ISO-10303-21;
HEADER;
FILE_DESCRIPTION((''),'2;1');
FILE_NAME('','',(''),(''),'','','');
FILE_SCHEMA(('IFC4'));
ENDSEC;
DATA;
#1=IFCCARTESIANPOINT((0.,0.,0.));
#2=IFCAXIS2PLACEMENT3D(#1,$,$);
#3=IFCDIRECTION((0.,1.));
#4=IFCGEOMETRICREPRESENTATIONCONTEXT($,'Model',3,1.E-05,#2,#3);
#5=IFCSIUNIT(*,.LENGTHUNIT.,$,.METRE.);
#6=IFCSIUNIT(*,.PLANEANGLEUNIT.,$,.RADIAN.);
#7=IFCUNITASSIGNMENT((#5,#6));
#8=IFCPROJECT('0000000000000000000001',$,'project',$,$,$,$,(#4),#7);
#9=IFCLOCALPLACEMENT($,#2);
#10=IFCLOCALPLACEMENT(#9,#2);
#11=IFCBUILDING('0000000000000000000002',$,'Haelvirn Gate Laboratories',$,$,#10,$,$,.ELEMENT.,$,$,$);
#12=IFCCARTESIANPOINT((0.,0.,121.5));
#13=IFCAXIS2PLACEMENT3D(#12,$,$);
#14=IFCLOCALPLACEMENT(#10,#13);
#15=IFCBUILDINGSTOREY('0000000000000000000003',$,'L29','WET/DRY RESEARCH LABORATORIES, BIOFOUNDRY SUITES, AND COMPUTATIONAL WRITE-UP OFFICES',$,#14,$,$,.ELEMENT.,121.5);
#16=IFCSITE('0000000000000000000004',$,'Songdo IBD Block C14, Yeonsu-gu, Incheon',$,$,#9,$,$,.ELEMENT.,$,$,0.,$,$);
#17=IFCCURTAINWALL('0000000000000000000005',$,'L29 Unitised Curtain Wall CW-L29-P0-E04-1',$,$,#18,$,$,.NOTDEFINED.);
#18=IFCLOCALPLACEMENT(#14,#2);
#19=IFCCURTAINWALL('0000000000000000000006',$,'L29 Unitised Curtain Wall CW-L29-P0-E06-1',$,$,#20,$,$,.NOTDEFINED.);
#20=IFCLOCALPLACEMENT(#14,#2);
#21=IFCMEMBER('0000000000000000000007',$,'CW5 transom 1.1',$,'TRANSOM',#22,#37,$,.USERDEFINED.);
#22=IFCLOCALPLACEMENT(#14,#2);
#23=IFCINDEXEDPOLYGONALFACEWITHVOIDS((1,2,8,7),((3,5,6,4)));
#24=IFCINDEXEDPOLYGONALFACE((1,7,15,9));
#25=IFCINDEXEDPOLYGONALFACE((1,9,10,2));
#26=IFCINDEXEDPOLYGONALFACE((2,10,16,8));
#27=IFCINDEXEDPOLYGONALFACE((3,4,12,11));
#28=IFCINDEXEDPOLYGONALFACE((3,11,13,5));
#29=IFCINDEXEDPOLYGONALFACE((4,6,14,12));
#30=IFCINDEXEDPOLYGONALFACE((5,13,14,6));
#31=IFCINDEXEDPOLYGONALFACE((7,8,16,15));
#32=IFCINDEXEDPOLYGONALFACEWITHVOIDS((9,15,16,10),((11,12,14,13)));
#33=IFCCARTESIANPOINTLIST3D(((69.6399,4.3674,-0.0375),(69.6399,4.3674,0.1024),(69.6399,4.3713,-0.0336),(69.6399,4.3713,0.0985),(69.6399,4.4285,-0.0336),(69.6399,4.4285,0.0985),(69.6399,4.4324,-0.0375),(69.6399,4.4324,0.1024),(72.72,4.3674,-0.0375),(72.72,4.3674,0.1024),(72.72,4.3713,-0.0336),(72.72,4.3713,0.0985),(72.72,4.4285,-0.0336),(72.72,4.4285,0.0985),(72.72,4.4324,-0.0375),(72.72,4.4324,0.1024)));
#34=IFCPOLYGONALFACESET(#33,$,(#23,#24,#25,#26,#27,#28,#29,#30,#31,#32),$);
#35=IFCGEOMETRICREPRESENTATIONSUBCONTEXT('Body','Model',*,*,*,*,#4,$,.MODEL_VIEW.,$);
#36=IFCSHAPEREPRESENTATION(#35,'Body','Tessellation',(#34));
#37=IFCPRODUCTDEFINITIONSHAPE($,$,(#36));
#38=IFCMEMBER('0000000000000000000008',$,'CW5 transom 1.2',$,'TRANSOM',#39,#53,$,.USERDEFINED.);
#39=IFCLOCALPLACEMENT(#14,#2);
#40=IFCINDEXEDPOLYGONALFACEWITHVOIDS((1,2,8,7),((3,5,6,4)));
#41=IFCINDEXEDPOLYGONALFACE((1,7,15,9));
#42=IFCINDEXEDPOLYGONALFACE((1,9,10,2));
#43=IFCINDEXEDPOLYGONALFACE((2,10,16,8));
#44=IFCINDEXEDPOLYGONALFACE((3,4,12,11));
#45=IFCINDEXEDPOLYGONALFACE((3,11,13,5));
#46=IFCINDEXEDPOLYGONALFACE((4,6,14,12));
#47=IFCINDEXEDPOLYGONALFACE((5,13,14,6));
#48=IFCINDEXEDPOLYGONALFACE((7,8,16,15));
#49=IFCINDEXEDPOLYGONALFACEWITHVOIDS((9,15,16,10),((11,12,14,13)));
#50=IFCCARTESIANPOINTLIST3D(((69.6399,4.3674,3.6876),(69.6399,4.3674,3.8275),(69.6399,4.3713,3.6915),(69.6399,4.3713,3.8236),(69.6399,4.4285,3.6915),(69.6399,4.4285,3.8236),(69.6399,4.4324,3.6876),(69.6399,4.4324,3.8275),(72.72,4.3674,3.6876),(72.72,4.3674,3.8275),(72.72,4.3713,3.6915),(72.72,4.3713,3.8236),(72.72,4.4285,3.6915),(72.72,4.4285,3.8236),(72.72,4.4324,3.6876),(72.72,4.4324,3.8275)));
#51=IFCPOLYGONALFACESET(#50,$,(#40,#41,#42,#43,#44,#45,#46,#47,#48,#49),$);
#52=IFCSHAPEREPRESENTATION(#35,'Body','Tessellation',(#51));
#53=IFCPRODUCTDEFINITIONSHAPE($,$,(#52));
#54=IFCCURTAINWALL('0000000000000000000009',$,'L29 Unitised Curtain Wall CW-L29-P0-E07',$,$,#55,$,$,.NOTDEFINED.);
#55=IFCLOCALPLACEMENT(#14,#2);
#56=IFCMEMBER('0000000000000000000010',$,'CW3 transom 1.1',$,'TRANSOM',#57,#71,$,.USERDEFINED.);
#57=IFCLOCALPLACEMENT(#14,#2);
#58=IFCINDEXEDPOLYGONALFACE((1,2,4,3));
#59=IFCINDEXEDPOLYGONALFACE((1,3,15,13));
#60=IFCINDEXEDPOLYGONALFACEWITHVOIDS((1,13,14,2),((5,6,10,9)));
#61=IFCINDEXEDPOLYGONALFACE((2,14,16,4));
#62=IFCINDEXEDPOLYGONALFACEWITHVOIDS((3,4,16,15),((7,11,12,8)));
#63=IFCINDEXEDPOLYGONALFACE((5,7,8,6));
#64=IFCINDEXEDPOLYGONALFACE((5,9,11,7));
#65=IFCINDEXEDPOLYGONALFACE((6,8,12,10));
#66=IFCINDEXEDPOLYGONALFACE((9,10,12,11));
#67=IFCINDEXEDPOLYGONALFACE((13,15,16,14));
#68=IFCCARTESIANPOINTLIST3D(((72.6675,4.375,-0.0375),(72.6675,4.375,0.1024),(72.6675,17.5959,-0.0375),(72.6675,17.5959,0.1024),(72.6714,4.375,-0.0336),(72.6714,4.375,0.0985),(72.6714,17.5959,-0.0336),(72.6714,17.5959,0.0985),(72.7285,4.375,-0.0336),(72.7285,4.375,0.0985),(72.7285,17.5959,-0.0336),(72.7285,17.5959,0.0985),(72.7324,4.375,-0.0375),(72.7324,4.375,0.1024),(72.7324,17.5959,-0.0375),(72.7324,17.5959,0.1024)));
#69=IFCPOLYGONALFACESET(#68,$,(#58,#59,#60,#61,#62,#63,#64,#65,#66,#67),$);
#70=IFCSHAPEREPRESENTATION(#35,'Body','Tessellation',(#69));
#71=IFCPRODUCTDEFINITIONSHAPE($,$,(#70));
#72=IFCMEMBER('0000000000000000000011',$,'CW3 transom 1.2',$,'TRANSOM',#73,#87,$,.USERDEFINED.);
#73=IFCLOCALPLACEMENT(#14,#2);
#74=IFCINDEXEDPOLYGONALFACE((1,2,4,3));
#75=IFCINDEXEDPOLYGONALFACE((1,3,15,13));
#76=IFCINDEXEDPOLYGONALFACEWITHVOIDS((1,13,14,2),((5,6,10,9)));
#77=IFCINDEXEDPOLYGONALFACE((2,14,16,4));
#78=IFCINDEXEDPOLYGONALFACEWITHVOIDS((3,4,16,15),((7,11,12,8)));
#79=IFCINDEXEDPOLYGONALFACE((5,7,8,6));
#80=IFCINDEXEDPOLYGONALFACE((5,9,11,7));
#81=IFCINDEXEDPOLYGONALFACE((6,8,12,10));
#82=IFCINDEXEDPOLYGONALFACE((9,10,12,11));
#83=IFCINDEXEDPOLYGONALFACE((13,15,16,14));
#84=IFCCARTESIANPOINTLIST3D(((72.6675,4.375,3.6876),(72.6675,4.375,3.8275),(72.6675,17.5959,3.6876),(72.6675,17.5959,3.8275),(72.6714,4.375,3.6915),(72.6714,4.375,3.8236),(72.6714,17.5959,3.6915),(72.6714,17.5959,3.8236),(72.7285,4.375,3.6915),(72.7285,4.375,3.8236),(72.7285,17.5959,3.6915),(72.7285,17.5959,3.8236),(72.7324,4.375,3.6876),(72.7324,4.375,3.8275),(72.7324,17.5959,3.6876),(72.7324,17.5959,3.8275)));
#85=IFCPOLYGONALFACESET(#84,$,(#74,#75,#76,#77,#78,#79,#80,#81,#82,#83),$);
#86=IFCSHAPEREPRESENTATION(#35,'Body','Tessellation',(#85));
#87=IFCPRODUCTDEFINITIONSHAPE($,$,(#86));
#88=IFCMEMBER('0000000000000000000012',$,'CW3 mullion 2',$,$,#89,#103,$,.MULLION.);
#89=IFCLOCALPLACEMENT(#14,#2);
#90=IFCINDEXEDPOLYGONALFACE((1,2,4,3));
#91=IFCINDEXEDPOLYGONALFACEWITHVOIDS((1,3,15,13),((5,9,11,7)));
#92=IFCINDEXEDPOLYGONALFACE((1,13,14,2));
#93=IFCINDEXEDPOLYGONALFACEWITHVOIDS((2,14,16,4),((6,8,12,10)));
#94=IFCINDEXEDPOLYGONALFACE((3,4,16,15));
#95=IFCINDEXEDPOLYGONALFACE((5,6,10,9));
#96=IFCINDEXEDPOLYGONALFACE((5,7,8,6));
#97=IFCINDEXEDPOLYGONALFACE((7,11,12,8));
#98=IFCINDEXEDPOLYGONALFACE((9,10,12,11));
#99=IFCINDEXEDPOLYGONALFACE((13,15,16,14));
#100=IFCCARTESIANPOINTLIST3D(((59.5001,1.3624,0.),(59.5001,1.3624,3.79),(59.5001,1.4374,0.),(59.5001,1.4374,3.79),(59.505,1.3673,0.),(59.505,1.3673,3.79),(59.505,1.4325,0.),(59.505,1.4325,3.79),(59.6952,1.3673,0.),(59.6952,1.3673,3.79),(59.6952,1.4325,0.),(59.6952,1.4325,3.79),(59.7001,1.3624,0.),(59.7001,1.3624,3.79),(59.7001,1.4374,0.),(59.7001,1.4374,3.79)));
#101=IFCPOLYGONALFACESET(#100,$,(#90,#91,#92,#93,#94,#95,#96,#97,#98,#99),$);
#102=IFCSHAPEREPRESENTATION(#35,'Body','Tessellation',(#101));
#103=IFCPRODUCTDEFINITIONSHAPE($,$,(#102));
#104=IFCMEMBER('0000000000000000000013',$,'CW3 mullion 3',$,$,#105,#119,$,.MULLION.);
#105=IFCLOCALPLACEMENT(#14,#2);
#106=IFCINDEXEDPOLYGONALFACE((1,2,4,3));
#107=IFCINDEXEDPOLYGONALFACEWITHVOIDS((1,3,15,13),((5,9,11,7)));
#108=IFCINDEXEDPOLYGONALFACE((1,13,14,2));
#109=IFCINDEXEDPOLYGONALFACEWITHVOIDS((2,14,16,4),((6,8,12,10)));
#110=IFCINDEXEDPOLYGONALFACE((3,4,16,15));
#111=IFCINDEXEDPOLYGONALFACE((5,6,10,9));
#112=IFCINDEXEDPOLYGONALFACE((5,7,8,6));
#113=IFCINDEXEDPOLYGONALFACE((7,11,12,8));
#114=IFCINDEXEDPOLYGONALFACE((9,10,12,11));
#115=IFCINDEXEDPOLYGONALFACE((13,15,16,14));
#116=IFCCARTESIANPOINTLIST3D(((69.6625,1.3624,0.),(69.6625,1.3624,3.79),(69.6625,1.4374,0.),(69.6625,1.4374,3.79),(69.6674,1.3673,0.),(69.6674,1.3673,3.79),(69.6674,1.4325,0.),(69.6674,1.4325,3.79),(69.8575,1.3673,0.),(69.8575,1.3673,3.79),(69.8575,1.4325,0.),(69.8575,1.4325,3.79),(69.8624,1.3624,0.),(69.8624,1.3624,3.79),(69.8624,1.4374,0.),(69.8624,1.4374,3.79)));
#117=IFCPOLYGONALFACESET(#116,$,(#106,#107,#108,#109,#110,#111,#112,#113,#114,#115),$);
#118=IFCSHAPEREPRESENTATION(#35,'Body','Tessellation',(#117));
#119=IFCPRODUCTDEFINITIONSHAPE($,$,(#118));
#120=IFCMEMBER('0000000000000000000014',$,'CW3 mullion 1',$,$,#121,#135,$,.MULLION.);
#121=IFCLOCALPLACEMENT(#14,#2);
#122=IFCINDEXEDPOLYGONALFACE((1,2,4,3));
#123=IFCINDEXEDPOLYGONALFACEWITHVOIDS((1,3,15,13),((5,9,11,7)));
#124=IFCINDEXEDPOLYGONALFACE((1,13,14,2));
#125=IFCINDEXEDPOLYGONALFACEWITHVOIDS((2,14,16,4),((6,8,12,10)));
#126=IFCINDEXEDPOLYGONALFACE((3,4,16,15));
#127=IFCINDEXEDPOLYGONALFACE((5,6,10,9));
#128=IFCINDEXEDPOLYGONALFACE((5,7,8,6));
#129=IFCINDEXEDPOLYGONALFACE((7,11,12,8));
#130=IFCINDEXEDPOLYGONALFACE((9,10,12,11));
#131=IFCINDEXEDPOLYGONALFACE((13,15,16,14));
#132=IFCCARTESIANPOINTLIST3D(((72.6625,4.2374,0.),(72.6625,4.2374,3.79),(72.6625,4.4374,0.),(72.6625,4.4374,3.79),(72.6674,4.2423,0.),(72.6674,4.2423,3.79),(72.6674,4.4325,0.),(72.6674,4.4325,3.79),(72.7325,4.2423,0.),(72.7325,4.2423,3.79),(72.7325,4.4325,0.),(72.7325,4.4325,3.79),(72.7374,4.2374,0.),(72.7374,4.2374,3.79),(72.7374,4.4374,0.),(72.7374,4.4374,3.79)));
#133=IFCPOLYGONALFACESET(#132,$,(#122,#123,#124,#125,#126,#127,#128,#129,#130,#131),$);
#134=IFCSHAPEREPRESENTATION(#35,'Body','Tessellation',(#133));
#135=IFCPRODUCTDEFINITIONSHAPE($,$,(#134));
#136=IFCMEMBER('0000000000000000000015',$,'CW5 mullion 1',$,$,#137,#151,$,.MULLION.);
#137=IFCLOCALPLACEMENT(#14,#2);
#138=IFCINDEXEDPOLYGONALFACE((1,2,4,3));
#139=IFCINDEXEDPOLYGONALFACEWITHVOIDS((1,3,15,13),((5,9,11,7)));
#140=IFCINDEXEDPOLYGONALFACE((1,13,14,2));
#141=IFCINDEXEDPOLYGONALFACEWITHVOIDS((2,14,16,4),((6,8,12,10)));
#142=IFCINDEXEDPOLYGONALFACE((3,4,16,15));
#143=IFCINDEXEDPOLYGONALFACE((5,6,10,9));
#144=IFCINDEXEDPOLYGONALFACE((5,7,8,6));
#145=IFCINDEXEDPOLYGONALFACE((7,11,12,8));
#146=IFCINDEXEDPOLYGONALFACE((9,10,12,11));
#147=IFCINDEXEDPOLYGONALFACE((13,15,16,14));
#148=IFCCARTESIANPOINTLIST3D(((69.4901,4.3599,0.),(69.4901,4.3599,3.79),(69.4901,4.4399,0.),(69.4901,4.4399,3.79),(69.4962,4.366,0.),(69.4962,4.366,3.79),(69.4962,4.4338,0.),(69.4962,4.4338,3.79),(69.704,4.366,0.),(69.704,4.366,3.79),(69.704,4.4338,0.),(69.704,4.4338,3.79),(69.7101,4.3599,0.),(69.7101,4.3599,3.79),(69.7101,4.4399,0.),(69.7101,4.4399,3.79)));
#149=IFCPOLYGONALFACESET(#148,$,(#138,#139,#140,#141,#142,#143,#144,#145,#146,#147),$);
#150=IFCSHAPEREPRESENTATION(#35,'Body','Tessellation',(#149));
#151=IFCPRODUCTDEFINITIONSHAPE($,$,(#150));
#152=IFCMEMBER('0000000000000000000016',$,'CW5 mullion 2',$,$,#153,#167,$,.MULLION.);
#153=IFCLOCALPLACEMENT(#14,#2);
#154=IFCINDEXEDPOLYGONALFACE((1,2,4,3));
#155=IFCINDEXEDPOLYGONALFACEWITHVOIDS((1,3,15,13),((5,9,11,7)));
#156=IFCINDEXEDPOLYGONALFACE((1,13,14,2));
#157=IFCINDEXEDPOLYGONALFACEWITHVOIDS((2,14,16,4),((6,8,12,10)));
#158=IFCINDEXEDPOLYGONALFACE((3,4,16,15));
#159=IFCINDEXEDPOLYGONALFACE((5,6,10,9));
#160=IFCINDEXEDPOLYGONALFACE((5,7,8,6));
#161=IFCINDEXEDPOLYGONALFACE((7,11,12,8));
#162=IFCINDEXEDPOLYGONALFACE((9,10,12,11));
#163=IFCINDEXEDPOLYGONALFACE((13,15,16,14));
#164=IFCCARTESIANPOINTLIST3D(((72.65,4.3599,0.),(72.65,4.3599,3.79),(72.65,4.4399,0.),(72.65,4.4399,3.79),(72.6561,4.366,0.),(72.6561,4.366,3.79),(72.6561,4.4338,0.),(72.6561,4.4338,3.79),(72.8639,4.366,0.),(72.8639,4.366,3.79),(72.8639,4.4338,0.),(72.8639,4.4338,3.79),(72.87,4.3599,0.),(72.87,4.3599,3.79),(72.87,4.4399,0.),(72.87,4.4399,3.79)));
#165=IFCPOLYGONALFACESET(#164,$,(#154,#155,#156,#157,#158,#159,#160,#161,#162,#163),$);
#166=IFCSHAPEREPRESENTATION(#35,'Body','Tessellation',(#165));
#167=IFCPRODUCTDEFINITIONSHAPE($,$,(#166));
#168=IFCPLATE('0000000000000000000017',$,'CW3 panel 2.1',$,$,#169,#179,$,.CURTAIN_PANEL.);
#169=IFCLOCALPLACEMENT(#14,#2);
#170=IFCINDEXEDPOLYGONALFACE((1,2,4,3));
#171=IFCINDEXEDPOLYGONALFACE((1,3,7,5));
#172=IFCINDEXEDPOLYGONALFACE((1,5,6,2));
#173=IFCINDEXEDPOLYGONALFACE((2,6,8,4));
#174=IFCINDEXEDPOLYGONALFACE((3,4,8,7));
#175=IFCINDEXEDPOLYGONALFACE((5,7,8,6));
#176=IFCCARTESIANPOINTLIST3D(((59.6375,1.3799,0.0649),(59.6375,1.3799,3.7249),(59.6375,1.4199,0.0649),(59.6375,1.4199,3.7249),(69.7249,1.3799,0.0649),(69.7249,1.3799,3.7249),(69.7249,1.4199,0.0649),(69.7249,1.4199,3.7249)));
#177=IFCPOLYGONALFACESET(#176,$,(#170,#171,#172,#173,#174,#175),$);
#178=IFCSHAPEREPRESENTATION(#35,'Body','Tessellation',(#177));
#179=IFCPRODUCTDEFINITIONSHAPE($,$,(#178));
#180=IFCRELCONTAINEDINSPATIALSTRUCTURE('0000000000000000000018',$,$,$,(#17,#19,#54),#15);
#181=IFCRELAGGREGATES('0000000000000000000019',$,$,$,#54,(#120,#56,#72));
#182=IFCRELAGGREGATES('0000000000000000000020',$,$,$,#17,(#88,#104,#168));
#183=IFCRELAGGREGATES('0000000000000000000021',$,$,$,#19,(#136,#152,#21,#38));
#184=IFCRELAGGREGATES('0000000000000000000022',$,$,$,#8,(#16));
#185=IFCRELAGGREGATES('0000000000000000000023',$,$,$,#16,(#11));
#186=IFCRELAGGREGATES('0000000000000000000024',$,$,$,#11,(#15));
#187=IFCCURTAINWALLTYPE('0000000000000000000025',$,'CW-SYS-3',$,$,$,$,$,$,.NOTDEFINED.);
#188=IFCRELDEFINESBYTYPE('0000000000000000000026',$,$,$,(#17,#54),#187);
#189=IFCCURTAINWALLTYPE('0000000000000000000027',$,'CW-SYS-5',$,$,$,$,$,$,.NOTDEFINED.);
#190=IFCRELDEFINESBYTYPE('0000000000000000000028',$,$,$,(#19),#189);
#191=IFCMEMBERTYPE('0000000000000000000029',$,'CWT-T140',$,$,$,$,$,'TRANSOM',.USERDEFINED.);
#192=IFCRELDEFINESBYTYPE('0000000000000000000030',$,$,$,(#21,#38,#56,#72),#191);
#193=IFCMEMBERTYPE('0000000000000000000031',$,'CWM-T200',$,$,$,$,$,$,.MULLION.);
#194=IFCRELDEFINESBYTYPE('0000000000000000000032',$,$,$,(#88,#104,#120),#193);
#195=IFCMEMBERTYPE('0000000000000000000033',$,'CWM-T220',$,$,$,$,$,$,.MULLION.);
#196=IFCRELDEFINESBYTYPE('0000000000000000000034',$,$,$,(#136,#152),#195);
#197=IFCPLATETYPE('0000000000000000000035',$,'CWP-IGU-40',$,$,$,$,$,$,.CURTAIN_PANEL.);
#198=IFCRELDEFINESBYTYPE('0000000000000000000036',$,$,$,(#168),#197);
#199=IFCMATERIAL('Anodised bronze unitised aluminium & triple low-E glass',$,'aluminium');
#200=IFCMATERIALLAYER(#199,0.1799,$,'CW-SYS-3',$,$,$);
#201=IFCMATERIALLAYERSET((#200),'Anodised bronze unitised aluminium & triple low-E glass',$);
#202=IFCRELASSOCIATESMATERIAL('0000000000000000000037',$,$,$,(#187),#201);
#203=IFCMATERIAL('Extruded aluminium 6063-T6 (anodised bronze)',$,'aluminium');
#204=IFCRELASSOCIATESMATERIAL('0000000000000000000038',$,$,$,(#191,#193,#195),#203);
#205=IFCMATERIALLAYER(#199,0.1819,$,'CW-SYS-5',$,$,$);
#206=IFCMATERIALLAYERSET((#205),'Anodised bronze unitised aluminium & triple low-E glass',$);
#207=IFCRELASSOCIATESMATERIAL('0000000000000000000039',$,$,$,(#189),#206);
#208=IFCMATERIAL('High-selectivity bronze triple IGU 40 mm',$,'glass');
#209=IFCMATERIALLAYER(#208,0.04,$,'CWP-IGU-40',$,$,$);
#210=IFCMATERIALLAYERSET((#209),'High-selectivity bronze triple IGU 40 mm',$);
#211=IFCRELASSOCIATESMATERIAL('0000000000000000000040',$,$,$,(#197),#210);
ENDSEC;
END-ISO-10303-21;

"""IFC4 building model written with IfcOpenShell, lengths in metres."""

from ifc_helpers import new_model, si_unit, direction, frame, origin, origin_2d, place, context, subcontext, project, spatial, rectangle, hollow_rectangle, extrude, source, transform, mapped, material, layer, layer_set, material_profile, profile_set, type_object, type_shapes, element, aggregate, save


model = new_model("IFC4")

# Units and contexts
model_context = context("Model", 3, precision=1e-05, world=origin(), true_north=direction((0.0, 1.0)))
body_context = subcontext(model_context, "Body", "Model", "MODEL_VIEW")
ifc_project = project(units=[si_unit("LENGTHUNIT", "METRE"), si_unit("PLANEANGLEUNIT", "RADIAN")], contexts=[model_context])

# Site, building, storey
site_placement = place(None, origin())
site = spatial("IfcSite", under=ifc_project, at=site_placement, Name="Songdo IBD Block C14, Yeonsu-gu, Incheon", CompositionType="ELEMENT", RefElevation=0.0)
building_placement = place(site_placement, origin())
building = spatial("IfcBuilding", under=site, at=building_placement, Name="Haelvirn Gate Laboratories", CompositionType="ELEMENT")
storey_placement = place(building_placement, frame((0.0, 0.0, 121.5)))
storey = spatial("IfcBuildingStorey", under=building, at=storey_placement, Name="L29", Description="WET/DRY RESEARCH LABORATORIES, BIOFOUNDRY SUITES, AND COMPUTATIONAL WRITE-UP OFFICES", CompositionType="ELEMENT", Elevation=121.5)

# Curtain walls, members
ifc_material_1 = material(Name="Anodised bronze unitised aluminium & triple low-E glass", Category="aluminium")
ifc_layer_1 = layer(ifc_material_1, 0.1799, Name="CW-SYS-3")
ifc_layer_set_1 = layer_set([ifc_layer_1], Name="Anodised bronze unitised aluminium & triple low-E glass")
curtain_wall_type_1 = type_object("IfcCurtainWallType", Name="CW-SYS-3", PredefinedType="NOTDEFINED", material=ifc_layer_set_1)
curtain_wall_1_placement = place(storey_placement, origin())
curtain_wall_1 = element("IfcCurtainWall", 1, at=curtain_wall_1_placement, inside=storey, type_object=curtain_wall_type_1, Name="L29 Unitised Curtain Wall CW-L29-P0-E04-1", PredefinedType="NOTDEFINED")
ifc_material_2 = material(Name="Extruded aluminium 6063-T6 (anodised bronze)", Category="aluminium")
ifc_material_profile_1 = material_profile(ifc_material_2, hollow_rectangle(XDim=0.0649, YDim=0.1399, WallThickness=0.0039, at=origin_2d()), Name="CWT-140x65x4")
ifc_profile_set_1 = profile_set([ifc_material_profile_1], Name="Extruded aluminium 6063-T6 (anodised bronze)")
member_type_1 = type_object("IfcMemberType", Name="CWT-T140", ElementType="TRANSOM", PredefinedType="USERDEFINED", material=ifc_profile_set_1)
ifc_layer_2 = layer(ifc_material_1, 0.1819, Name="CW-SYS-5")
ifc_layer_set_2 = layer_set([ifc_layer_2], Name="Anodised bronze unitised aluminium & triple low-E glass")
curtain_wall_type_2 = type_object("IfcCurtainWallType", Name="CW-SYS-5", PredefinedType="NOTDEFINED", material=ifc_layer_set_2)
curtain_wall_2_placement = place(storey_placement, origin())
curtain_wall_2 = element("IfcCurtainWall", 2, at=curtain_wall_2_placement, inside=storey, type_object=curtain_wall_type_2, Name="L29 Unitised Curtain Wall CW-L29-P0-E06-1", PredefinedType="NOTDEFINED")
shared_shape_1 = source(origin(), body_context, "Body", "SweptSolid", [
    extrude(hollow_rectangle(XDim=0.0649, YDim=0.1399, WallThickness=0.0039, at=origin_2d()), origin(), (0.0, 0.0, 1.0), 3.0801),
])
member_1_placement = place(storey_placement, frame((69.6399, 4.3999, 0.0325), z_axis=(1.0, 0.0, 0.0), x_axis=(0.0, 1.0, 0.0)))
member_1 = element("IfcMember", 3, at=member_1_placement, type_object=member_type_1, Name="CW5 transom 1.1", ObjectType="TRANSOM", PredefinedType="USERDEFINED", context=body_context, shape_type="MappedRepresentation", body=[
    mapped(shared_shape_1, transform((0.0, 0.0, 0.0), scale=1.0)),
])
member_2_placement = place(storey_placement, frame((69.6399, 4.3999, 3.7576), z_axis=(1.0, 0.0, 0.0), x_axis=(0.0, 1.0, 0.0)))
member_2 = element("IfcMember", 4, at=member_2_placement, type_object=member_type_1, Name="CW5 transom 1.2", ObjectType="TRANSOM", PredefinedType="USERDEFINED", context=body_context, shape_type="MappedRepresentation", body=[
    mapped(shared_shape_1, transform((0.0, 0.0, 0.0), scale=1.0)),
])
curtain_wall_3_placement = place(storey_placement, origin())
curtain_wall_3 = element("IfcCurtainWall", 5, at=curtain_wall_3_placement, inside=storey, type_object=curtain_wall_type_1, Name="L29 Unitised Curtain Wall CW-L29-P0-E07", PredefinedType="NOTDEFINED")
shared_shape_2 = source(origin(), body_context, "Body", "SweptSolid", [
    extrude(hollow_rectangle(XDim=0.0649, YDim=0.1399, WallThickness=0.0039, at=origin_2d()), origin(), (0.0, 0.0, 1.0), 13.2209),
])
member_3_placement = place(storey_placement, frame((72.7, 4.375, 0.0325), z_axis=(0.0, 1.0, 0.0), x_axis=(-1.0, 0.0, 0.0)))
member_3 = element("IfcMember", 6, at=member_3_placement, type_object=member_type_1, Name="CW3 transom 1.1", ObjectType="TRANSOM", PredefinedType="USERDEFINED", context=body_context, shape_type="MappedRepresentation", body=[
    mapped(shared_shape_2, transform((0.0, 0.0, 0.0), scale=1.0)),
])
member_4_placement = place(storey_placement, frame((72.7, 4.375, 3.7576), z_axis=(0.0, 1.0, 0.0), x_axis=(-1.0, 0.0, 0.0)))
member_4 = element("IfcMember", 7, at=member_4_placement, type_object=member_type_1, Name="CW3 transom 1.2", ObjectType="TRANSOM", PredefinedType="USERDEFINED", context=body_context, shape_type="MappedRepresentation", body=[
    mapped(shared_shape_2, transform((0.0, 0.0, 0.0), scale=1.0)),
])

# Members
ifc_material_profile_2 = material_profile(ifc_material_2, hollow_rectangle(XDim=0.075, YDim=0.2, WallThickness=0.0049, at=origin_2d()), Name="CWM-200x75x5")
ifc_profile_set_2 = profile_set([ifc_material_profile_2], Name="Extruded aluminium 6063-T6 (anodised bronze)")
member_type_2 = type_object("IfcMemberType", Name="CWM-T200", PredefinedType="MULLION", material=ifc_profile_set_2)
shared_shape_3 = source(origin(), body_context, "Body", "SweptSolid", [
    extrude(hollow_rectangle(XDim=0.075, YDim=0.2, WallThickness=0.0049, at=origin_2d()), origin(), (0.0, 0.0, 1.0), 3.79),
])
type_shapes(member_type_2, [shared_shape_3])
member_5_placement = place(storey_placement, frame((59.6001, 1.3999, 0.0), z_axis=(0.0, 0.0, 1.0), x_axis=(0.0, 1.0, 0.0)))
member_5 = element("IfcMember", 8, at=member_5_placement, type_object=member_type_2, Name="CW3 mullion 2", PredefinedType="MULLION", context=body_context, shape_type="MappedRepresentation", body=[
    mapped(shared_shape_3, transform((0.0, 0.0, 0.0), scale=1.0)),
])
member_6_placement = place(storey_placement, frame((69.7625, 1.3999, 0.0), z_axis=(0.0, 0.0, 1.0), x_axis=(0.0, 1.0, 0.0)))
member_6 = element("IfcMember", 9, at=member_6_placement, type_object=member_type_2, Name="CW3 mullion 3", PredefinedType="MULLION", context=body_context, shape_type="MappedRepresentation", body=[
    mapped(shared_shape_3, transform((0.0, 0.0, 0.0), scale=1.0)),
])
member_7_placement = place(storey_placement, frame((72.7, 4.3374, 0.0), z_axis=(0.0, 0.0, 1.0), x_axis=(-1.0, 0.0, 0.0)))
member_7 = element("IfcMember", 10, at=member_7_placement, type_object=member_type_2, Name="CW3 mullion 1", PredefinedType="MULLION", context=body_context, shape_type="MappedRepresentation", body=[
    mapped(shared_shape_3, transform((0.0, 0.0, 0.0), scale=1.0)),
])
aggregate(curtain_wall_3, [member_7, member_3, member_4])
ifc_material_profile_3 = material_profile(ifc_material_2, hollow_rectangle(XDim=0.0801, YDim=0.22, WallThickness=0.0061, at=origin_2d()), Name="CWM-220x80x6")
ifc_profile_set_3 = profile_set([ifc_material_profile_3], Name="Extruded aluminium 6063-T6 (anodised bronze)")
member_type_3 = type_object("IfcMemberType", Name="CWM-T220", PredefinedType="MULLION", material=ifc_profile_set_3)
shared_shape_4 = source(origin(), body_context, "Body", "SweptSolid", [
    extrude(hollow_rectangle(XDim=0.0801, YDim=0.22, WallThickness=0.0061, at=origin_2d()), origin(), (0.0, 0.0, 1.0), 3.79),
])
type_shapes(member_type_3, [shared_shape_4])
member_8_placement = place(storey_placement, frame((69.6001, 4.3999, 0.0), z_axis=(0.0, 0.0, 1.0), x_axis=(0.0, 1.0, 0.0)))
member_8 = element("IfcMember", 11, at=member_8_placement, type_object=member_type_3, Name="CW5 mullion 1", PredefinedType="MULLION", context=body_context, shape_type="MappedRepresentation", body=[
    mapped(shared_shape_4, transform((0.0, 0.0, 0.0), scale=1.0)),
])
member_9_placement = place(storey_placement, frame((72.76, 4.3999, 0.0), z_axis=(0.0, 0.0, 1.0), x_axis=(0.0, 1.0, 0.0)))
member_9 = element("IfcMember", 12, at=member_9_placement, type_object=member_type_3, Name="CW5 mullion 2", PredefinedType="MULLION", context=body_context, shape_type="MappedRepresentation", body=[
    mapped(shared_shape_4, transform((0.0, 0.0, 0.0), scale=1.0)),
])

# Plate
ifc_material_3 = material(Name="High-selectivity bronze triple IGU 40 mm", Category="glass")
ifc_layer_3 = layer(ifc_material_3, 0.04, Name="CWP-IGU-40")
ifc_layer_set_3 = layer_set([ifc_layer_3], Name="High-selectivity bronze triple IGU 40 mm")
plate_type_1 = type_object("IfcPlateType", Name="CWP-IGU-40", PredefinedType="CURTAIN_PANEL", material=ifc_layer_set_3)
shared_shape_5 = source(origin(), body_context, "Body", "SweptSolid", [
    extrude(rectangle(XDim=10.0874, YDim=0.04, at=origin_2d()), origin(), (0.0, 0.0, 1.0), 3.6599),
])
type_shapes(plate_type_1, [shared_shape_5])
plate_1_placement = place(storey_placement, frame((64.6812, 1.3999, 0.0649), z_axis=(0.0, 0.0, 1.0), x_axis=(1.0, 0.0, 0.0)))
plate_1 = element("IfcPlate", 13, at=plate_1_placement, type_object=plate_type_1, Name="CW3 panel 2.1", PredefinedType="CURTAIN_PANEL", context=body_context, shape_type="MappedRepresentation", body=[
    mapped(shared_shape_5, transform((0.0, 0.0, 0.0), scale=1.0)),
])
aggregate(curtain_wall_1, [member_5, member_6, plate_1])
aggregate(curtain_wall_2, [member_8, member_9, member_1, member_2])

save(model, "model.ifc")
